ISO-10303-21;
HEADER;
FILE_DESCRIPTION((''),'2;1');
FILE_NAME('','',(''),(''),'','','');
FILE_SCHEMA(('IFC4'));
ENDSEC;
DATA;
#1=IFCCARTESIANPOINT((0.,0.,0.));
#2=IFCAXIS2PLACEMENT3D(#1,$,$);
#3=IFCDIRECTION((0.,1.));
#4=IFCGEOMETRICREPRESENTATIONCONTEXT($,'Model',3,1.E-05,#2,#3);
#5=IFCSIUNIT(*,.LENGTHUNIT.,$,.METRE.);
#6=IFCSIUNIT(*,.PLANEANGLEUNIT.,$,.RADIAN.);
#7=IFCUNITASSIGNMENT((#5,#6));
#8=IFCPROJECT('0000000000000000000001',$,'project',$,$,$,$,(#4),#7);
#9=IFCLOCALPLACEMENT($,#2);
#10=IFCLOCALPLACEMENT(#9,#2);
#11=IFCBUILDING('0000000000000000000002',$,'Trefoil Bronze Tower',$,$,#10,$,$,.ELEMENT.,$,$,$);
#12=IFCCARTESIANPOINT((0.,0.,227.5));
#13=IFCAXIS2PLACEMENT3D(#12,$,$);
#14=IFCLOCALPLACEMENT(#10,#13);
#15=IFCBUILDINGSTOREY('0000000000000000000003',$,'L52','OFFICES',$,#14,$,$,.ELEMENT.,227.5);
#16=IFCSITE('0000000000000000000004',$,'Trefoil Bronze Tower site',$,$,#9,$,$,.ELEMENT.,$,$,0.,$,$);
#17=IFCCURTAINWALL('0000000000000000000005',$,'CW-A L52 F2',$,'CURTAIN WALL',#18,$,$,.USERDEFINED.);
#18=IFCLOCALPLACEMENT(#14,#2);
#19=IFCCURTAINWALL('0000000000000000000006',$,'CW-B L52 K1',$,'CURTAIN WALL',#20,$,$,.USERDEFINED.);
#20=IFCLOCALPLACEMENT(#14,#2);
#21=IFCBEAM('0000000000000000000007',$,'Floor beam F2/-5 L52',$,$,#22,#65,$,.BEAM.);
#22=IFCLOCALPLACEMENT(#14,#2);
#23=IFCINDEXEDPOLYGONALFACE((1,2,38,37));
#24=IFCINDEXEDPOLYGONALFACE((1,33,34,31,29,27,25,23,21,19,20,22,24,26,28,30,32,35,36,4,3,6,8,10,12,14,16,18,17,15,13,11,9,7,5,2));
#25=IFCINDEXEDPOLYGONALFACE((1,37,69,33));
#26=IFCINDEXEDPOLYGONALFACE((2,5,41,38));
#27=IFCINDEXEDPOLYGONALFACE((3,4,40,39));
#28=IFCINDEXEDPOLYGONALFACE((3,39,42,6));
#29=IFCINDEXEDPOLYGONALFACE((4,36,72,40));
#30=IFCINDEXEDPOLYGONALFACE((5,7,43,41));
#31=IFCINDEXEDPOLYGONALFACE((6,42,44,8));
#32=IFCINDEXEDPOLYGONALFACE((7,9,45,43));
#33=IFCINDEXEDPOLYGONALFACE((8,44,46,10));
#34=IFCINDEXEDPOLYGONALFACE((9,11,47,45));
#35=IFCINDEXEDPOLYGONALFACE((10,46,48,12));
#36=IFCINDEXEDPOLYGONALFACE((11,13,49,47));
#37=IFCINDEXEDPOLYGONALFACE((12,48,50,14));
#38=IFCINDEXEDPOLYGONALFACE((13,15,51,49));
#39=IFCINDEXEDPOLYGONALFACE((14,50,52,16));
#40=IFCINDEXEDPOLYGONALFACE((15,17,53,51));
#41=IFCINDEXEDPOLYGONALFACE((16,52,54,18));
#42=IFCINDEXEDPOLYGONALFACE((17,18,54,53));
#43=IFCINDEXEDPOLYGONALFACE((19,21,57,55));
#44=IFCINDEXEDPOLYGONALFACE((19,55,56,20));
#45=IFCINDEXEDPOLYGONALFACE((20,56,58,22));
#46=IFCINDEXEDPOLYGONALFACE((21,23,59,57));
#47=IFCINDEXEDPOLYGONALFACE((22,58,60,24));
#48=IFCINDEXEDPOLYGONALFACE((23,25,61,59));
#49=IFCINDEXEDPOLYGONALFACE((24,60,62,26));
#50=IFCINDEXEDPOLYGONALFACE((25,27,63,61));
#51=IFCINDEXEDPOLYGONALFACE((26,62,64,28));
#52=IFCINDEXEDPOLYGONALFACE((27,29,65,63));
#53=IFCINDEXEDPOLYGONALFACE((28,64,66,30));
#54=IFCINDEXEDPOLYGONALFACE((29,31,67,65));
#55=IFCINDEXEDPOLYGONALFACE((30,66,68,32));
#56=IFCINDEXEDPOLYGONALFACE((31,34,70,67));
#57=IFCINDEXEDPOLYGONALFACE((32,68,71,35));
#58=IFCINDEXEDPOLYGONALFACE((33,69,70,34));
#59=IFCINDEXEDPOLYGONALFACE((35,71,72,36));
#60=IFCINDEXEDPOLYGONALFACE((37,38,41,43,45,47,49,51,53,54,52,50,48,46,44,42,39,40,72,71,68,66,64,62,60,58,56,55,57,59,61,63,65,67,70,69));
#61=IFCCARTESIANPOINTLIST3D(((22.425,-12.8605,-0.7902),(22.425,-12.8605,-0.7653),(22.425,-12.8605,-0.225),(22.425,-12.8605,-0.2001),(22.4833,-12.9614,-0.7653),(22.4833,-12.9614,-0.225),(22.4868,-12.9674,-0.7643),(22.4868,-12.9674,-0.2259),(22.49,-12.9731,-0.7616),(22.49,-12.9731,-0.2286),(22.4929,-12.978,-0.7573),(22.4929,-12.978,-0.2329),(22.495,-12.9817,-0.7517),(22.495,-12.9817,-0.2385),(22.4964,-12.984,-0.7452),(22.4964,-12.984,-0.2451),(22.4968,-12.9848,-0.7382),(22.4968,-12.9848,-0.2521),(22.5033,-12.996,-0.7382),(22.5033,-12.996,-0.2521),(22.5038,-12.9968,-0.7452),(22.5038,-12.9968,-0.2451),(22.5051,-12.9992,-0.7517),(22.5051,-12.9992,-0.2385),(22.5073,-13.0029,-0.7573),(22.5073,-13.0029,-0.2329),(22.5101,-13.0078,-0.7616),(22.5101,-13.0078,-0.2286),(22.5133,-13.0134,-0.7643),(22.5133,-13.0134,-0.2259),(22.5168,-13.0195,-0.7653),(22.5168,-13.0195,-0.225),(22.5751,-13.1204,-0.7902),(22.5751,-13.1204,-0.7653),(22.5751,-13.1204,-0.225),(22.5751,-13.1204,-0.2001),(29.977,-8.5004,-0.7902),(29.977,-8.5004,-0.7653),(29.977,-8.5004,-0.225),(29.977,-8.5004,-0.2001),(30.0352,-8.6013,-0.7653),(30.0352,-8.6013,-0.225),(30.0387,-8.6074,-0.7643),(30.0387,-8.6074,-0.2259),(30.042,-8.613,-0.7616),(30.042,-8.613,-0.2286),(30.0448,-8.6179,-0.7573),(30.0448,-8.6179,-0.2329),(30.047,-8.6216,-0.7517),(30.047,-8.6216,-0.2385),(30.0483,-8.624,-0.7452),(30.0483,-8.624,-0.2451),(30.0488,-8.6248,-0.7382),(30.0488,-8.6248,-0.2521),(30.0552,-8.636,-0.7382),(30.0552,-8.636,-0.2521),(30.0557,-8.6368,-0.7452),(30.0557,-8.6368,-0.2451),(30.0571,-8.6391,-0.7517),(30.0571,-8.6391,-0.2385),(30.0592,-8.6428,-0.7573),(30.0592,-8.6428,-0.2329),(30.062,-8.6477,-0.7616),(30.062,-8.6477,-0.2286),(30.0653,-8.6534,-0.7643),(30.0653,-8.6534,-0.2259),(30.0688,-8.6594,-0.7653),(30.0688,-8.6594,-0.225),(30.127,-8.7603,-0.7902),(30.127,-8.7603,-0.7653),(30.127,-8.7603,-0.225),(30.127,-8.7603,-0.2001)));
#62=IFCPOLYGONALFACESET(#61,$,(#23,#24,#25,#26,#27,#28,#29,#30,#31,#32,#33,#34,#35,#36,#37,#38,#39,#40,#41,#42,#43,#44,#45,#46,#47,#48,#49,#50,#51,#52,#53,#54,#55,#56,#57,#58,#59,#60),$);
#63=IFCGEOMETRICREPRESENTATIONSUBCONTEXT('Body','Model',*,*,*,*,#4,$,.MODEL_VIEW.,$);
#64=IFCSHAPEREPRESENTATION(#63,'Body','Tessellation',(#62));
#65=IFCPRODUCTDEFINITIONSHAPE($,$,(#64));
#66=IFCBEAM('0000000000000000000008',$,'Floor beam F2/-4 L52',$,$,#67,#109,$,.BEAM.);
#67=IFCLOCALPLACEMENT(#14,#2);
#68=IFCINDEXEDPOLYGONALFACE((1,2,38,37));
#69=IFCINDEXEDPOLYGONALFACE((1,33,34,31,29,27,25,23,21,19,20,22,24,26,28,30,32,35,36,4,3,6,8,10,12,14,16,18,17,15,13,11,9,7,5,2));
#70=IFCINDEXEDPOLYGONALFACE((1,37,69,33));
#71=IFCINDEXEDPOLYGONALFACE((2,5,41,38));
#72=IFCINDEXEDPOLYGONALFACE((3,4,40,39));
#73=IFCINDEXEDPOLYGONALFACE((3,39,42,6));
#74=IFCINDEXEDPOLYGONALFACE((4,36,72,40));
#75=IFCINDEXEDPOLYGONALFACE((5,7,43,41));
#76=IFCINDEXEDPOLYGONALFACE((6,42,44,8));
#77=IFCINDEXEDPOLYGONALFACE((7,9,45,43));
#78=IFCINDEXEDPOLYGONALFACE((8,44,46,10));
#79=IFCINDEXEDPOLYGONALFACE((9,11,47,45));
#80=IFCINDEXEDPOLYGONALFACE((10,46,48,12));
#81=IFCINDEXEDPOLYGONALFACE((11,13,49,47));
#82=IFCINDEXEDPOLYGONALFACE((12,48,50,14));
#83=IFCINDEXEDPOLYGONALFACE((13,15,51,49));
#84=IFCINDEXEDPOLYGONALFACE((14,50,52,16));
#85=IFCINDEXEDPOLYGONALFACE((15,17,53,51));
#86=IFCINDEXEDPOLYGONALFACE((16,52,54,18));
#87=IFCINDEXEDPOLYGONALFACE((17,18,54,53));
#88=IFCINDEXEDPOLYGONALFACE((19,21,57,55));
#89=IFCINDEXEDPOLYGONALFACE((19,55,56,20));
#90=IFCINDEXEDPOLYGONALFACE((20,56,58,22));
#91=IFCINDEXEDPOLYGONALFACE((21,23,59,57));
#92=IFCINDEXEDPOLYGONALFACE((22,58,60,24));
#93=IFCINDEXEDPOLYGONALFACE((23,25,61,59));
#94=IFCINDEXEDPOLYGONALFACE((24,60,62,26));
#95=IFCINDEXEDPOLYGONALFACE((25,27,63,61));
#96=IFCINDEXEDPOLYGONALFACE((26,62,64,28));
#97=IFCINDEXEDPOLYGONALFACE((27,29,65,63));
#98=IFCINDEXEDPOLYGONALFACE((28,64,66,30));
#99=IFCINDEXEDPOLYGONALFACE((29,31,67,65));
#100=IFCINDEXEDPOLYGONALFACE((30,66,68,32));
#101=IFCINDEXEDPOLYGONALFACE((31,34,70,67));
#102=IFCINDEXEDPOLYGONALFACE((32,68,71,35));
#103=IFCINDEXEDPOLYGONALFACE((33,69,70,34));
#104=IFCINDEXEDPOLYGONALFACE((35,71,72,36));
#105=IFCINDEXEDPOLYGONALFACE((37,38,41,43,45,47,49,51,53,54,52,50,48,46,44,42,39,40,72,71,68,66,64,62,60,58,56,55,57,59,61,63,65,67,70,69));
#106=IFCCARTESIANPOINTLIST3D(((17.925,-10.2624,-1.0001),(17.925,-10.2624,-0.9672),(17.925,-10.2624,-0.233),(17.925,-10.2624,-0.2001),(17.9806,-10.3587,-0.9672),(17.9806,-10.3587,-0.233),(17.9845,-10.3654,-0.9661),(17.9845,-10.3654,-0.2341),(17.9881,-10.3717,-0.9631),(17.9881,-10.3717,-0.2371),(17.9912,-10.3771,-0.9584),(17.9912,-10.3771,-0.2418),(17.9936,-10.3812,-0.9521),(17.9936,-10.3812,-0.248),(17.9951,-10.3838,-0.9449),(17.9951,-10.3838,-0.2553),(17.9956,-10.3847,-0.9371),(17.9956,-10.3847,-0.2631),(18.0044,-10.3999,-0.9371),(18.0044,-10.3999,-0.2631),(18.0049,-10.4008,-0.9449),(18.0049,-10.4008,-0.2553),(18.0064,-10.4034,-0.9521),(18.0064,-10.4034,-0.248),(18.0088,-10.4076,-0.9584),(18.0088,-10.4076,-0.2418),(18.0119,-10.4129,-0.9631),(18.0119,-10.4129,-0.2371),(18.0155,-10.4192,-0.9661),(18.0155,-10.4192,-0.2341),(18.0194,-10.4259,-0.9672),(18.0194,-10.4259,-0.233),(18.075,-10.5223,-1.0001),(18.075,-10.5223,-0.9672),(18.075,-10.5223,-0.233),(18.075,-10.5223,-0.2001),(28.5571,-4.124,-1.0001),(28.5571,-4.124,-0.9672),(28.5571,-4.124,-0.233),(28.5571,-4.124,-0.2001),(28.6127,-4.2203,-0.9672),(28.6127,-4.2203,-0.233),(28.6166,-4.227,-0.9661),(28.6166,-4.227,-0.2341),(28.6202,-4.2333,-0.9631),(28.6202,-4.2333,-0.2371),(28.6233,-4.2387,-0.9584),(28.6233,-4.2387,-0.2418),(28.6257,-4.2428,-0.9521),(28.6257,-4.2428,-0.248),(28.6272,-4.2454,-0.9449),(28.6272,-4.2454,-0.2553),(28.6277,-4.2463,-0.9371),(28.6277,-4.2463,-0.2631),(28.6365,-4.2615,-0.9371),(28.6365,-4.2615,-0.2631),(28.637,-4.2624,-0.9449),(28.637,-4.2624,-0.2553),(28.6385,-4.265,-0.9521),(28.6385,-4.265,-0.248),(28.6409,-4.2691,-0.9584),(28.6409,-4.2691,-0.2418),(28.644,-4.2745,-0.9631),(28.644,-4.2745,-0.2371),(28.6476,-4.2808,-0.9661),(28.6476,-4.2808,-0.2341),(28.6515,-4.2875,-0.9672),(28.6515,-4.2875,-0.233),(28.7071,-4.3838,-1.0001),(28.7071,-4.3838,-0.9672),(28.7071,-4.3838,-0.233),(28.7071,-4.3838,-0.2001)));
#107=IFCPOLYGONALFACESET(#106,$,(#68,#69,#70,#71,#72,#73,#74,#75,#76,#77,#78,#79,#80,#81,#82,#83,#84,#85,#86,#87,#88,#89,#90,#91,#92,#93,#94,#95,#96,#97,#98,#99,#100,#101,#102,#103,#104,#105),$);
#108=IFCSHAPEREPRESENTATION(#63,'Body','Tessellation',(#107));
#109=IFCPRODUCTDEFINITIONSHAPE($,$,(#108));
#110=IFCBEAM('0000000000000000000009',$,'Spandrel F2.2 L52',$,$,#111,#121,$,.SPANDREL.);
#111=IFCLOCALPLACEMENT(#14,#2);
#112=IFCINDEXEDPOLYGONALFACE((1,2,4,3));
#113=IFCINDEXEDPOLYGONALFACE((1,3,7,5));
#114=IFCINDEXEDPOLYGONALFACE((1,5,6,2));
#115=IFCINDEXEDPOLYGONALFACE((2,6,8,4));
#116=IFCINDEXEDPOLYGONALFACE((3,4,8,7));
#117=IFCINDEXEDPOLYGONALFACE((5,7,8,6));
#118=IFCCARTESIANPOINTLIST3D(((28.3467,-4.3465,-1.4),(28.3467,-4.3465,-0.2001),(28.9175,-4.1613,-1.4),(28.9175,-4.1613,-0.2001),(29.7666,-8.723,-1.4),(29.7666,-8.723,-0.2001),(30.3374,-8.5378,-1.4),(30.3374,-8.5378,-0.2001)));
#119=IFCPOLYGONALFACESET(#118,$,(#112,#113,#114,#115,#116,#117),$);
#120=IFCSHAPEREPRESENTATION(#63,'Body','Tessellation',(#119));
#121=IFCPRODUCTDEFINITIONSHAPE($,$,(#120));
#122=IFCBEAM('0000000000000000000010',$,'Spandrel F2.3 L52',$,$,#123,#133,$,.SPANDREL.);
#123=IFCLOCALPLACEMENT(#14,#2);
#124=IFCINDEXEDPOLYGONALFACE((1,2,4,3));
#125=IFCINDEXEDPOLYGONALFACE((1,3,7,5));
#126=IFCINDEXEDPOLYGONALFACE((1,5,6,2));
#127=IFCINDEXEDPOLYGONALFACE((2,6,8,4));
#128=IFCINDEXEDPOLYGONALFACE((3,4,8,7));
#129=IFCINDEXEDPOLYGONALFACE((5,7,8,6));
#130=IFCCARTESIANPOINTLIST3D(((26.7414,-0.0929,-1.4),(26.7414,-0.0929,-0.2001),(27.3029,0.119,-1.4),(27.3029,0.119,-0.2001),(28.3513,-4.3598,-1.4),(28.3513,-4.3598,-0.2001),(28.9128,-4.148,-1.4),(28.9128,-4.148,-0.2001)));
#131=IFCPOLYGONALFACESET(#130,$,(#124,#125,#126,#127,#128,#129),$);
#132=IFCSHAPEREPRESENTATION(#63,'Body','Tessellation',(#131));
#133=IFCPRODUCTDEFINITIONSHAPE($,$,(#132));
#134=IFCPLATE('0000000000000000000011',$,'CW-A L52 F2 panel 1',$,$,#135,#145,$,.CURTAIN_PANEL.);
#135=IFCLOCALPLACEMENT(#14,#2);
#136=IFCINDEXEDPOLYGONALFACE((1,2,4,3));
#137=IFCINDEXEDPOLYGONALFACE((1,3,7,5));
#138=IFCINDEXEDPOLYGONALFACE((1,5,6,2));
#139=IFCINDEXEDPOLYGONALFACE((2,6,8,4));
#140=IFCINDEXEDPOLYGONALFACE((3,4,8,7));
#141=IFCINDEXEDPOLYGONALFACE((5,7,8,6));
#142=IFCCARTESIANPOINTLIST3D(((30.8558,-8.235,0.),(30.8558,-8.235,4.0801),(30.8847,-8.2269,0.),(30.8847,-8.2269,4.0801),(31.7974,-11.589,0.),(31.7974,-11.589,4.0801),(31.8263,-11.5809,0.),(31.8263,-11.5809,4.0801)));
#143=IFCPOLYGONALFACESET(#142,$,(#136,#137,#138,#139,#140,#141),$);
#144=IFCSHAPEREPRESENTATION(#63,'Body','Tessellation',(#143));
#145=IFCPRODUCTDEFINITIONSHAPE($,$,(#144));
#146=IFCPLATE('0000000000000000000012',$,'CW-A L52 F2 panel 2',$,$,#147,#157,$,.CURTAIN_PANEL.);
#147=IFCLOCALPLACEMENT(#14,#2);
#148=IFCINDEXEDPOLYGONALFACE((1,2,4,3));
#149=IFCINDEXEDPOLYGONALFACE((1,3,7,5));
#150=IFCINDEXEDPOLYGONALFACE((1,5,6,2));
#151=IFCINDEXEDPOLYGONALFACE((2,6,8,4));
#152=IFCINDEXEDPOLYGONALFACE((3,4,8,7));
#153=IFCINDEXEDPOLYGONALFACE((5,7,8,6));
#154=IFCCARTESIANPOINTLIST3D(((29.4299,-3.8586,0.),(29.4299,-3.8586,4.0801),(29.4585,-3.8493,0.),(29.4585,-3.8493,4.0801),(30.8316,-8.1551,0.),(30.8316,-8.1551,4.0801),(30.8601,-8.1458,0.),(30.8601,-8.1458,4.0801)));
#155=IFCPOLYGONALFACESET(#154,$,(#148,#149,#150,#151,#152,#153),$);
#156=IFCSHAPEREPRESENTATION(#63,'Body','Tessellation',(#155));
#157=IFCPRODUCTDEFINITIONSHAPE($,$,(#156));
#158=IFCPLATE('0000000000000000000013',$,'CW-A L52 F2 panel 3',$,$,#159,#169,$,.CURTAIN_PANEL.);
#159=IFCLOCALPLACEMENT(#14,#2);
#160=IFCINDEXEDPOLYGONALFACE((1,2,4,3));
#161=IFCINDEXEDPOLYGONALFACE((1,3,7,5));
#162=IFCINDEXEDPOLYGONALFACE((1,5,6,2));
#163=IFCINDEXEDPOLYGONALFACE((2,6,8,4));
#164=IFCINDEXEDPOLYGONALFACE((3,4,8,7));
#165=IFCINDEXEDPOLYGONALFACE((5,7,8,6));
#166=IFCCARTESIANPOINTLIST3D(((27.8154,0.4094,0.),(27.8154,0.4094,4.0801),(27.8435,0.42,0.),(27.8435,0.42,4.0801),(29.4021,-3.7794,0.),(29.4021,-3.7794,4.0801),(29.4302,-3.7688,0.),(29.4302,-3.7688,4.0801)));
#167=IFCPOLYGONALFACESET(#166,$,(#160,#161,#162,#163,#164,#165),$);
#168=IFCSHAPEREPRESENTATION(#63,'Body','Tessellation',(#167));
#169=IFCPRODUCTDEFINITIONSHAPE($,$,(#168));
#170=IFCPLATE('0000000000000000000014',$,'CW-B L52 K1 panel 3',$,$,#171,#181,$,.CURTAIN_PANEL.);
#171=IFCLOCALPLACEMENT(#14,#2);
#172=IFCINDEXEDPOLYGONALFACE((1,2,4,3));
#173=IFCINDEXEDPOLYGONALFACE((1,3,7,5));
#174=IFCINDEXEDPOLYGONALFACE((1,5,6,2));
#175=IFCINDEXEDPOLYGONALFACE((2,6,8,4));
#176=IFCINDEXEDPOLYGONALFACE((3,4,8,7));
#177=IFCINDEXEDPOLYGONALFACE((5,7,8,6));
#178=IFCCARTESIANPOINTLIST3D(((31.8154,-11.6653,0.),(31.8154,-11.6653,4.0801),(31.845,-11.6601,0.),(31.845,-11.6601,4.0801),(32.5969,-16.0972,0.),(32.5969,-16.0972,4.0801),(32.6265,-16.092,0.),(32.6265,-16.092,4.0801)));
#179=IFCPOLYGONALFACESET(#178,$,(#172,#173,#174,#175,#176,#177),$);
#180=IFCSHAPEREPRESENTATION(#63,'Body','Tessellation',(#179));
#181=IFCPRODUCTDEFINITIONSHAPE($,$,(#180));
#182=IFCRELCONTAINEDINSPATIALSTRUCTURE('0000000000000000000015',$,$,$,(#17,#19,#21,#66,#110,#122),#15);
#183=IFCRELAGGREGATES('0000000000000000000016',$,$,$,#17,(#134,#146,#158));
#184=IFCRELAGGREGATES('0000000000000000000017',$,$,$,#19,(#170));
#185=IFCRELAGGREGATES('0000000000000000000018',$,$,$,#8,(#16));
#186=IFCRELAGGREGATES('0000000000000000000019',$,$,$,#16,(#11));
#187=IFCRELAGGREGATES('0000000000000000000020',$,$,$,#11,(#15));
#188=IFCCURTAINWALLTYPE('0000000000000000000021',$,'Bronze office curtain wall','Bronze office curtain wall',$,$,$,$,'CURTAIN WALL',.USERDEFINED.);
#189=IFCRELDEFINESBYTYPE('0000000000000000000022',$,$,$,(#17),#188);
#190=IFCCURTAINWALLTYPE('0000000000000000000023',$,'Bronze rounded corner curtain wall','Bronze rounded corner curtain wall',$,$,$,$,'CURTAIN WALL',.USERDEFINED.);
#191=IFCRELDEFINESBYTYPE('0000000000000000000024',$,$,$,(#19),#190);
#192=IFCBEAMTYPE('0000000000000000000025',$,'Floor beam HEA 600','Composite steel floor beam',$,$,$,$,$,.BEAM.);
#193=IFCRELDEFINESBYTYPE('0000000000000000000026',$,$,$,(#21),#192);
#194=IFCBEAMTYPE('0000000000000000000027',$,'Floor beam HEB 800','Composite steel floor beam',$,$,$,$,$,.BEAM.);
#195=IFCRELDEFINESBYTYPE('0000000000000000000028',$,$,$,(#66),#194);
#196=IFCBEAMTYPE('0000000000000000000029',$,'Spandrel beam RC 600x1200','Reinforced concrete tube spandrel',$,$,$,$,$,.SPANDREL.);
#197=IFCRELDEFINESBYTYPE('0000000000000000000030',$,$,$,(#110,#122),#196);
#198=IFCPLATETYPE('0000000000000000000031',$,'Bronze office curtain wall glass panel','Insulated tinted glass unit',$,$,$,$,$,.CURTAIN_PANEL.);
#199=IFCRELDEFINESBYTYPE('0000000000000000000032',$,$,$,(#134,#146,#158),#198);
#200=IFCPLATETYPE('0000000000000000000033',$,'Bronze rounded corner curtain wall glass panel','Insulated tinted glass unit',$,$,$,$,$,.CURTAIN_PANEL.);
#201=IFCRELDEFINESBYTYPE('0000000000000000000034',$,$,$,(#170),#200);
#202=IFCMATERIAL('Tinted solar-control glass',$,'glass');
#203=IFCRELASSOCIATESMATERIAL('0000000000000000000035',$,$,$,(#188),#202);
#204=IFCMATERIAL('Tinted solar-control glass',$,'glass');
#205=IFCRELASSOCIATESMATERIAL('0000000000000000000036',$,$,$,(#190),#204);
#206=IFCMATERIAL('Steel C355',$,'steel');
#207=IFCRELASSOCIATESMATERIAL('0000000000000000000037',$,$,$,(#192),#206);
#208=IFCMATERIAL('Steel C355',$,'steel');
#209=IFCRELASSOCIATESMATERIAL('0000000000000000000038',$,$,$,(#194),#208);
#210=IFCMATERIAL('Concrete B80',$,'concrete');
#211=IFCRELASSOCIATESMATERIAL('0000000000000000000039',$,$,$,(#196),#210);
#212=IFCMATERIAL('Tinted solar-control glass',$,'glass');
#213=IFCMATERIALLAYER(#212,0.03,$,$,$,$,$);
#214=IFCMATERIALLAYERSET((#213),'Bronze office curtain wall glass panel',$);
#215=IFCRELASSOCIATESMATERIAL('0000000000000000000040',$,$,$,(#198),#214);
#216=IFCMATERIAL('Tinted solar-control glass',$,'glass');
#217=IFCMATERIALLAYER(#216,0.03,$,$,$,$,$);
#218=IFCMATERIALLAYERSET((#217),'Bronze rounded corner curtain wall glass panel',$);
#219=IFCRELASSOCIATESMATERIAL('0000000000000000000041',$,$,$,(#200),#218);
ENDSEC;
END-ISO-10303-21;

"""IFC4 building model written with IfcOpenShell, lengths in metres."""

from ifc_helpers import new_model, si_unit, direction, frame, origin, origin_2d, place, context, subcontext, project, spatial, rectangle, i_section, extrude, material, layer, layer_set, material_profile, profile_set, type_object, element, aggregate, save


model = new_model("IFC4")

# Units and contexts
model_context = context("Model", 3, precision=1e-05, world=origin(), true_north=direction((0.0, 1.0)))
body_context = subcontext(model_context, "Body", "Model", "MODEL_VIEW")
ifc_project = project(units=[si_unit("LENGTHUNIT", "METRE"), si_unit("PLANEANGLEUNIT", "RADIAN")], contexts=[model_context])

# Site, building, storey
site_placement = place(None, origin())
site = spatial("IfcSite", under=ifc_project, at=site_placement, Name="Trefoil Bronze Tower site", CompositionType="ELEMENT", RefElevation=0.0)
building_placement = place(site_placement, origin())
building = spatial("IfcBuilding", under=site, at=building_placement, Name="Trefoil Bronze Tower", CompositionType="ELEMENT")
storey_placement = place(building_placement, frame((0.0, 0.0, 227.5)))
storey = spatial("IfcBuildingStorey", under=building, at=storey_placement, Name="L52", Description="OFFICES", CompositionType="ELEMENT", Elevation=227.5)

# Curtain walls
ifc_material_1 = material(Name="Tinted solar-control glass", Category="glass")
curtain_wall_type_1 = type_object("IfcCurtainWallType", Name="Bronze office curtain wall", Description="Bronze office curtain wall", ElementType="CURTAIN WALL", PredefinedType="USERDEFINED", material=ifc_material_1)
curtain_wall_1_placement = place(storey_placement, origin())
curtain_wall_1 = element("IfcCurtainWall", 1, at=curtain_wall_1_placement, inside=storey, type_object=curtain_wall_type_1, Name="CW-A L52 F2", ObjectType="CURTAIN WALL", PredefinedType="USERDEFINED")
ifc_material_2 = material(Name="Tinted solar-control glass", Category="glass")
curtain_wall_type_2 = type_object("IfcCurtainWallType", Name="Bronze rounded corner curtain wall", Description="Bronze rounded corner curtain wall", ElementType="CURTAIN WALL", PredefinedType="USERDEFINED", material=ifc_material_2)
curtain_wall_2_placement = place(storey_placement, origin())
curtain_wall_2 = element("IfcCurtainWall", 2, at=curtain_wall_2_placement, inside=storey, type_object=curtain_wall_type_2, Name="CW-B L52 K1", ObjectType="CURTAIN WALL", PredefinedType="USERDEFINED")

# Beams
ifc_material_3 = material(Name="Steel C355", Category="steel")
ifc_material_profile_1 = material_profile(ifc_material_3, i_section(OverallWidth=0.3, OverallDepth=0.5901, WebThickness=0.0129, FlangeThickness=0.0249, FilletRadius=0.0271, at=origin_2d()), Name="HEA 600")
ifc_profile_set_1 = profile_set([ifc_material_profile_1], Name="Steel C355")
beam_type_1 = type_object("IfcBeamType", Name="Floor beam HEA 600", Description="Composite steel floor beam", PredefinedType="BEAM", material=ifc_profile_set_1)
beam_1_placement = place(storey_placement, frame((30.052, -8.6304, -0.4951), z_axis=(-0.866028, -0.499996, 0.0), x_axis=(0.499996, -0.866028, 0.0)))
element("IfcBeam", 3, at=beam_1_placement, inside=storey, type_object=beam_type_1, Name="Floor beam F2/-5 L52", PredefinedType="BEAM", context=body_context, shape_type="SweptSolid", body=[
    extrude(i_section(OverallWidth=0.3, OverallDepth=0.5901, WebThickness=0.0129, FlangeThickness=0.0249, FilletRadius=0.0271, at=origin_2d()), origin(), (0.0, 0.0, 1.0), 8.7202),
])
ifc_material_4 = material(Name="Steel C355", Category="steel")
ifc_material_profile_2 = material_profile(ifc_material_4, i_section(OverallWidth=0.3, OverallDepth=0.8, WebThickness=0.0176, FlangeThickness=0.033, FilletRadius=0.03, at=origin_2d()), Name="HEB 800")
ifc_profile_set_2 = profile_set([ifc_material_profile_2], Name="Steel C355")
beam_type_2 = type_object("IfcBeamType", Name="Floor beam HEB 800", Description="Composite steel floor beam", PredefinedType="BEAM", material=ifc_profile_set_2)
beam_2_placement = place(storey_placement, frame((28.6321, -4.2539, -0.6001), z_axis=(-0.866026, -0.5, 0.0), x_axis=(0.5, -0.866026, 0.0)))
element("IfcBeam", 4, at=beam_2_placement, inside=storey, type_object=beam_type_2, Name="Floor beam F2/-4 L52", PredefinedType="BEAM", context=body_context, shape_type="SweptSolid", body=[
    extrude(i_section(OverallWidth=0.3, OverallDepth=0.8, WebThickness=0.0176, FlangeThickness=0.033, FilletRadius=0.03, at=origin_2d()), origin(), (0.0, 0.0, 1.0), 12.2769),
])
ifc_material_5 = material(Name="Concrete B80", Category="concrete")
ifc_material_profile_3 = material_profile(ifc_material_5, rectangle(XDim=0.6001, YDim=1.2, at=origin_2d()), Name="RC 600x1200")
ifc_profile_set_3 = profile_set([ifc_material_profile_3], Name="Concrete B80")
beam_type_3 = type_object("IfcBeamType", Name="Spandrel beam RC 600x1200", Description="Reinforced concrete tube spandrel", PredefinedType="SPANDREL", material=ifc_profile_set_3)
beam_3_placement = place(storey_placement, frame((30.052, -8.6304, -0.8), z_axis=(-0.308609, 0.951189, 0.0), x_axis=(-0.951189, -0.308609, 0.0)))
element("IfcBeam", 5, at=beam_3_placement, inside=storey, type_object=beam_type_3, Name="Spandrel F2.2 L52", PredefinedType="SPANDREL", context=body_context, shape_type="SweptSolid", body=[
    extrude(rectangle(XDim=0.6001, YDim=1.2, at=origin_2d()), origin(), (0.0, 0.0, 1.0), 4.6011),
])
beam_4_placement = place(storey_placement, frame((28.6321, -4.2539, -0.8), z_axis=(-0.353006, 0.935621, 0.0), x_axis=(-0.935621, -0.353006, 0.0)))
element("IfcBeam", 6, at=beam_4_placement, inside=storey, type_object=beam_type_3, Name="Spandrel F2.3 L52", PredefinedType="SPANDREL", context=body_context, shape_type="SweptSolid", body=[
    extrude(rectangle(XDim=0.6001, YDim=1.2, at=origin_2d()), origin(), (0.0, 0.0, 1.0), 4.5605),
])

# Plates
ifc_material_6 = material(Name="Tinted solar-control glass", Category="glass")
ifc_layer_1 = layer(ifc_material_6, 0.03)
ifc_layer_set_1 = layer_set([ifc_layer_1], Name="Bronze office curtain wall glass panel")
plate_type_1 = type_object("IfcPlateType", Name="Bronze office curtain wall glass panel", Description="Insulated tinted glass unit", PredefinedType="CURTAIN_PANEL", material=ifc_layer_set_1)
plate_1_placement = place(storey_placement, frame((31.3411, -9.908, 0.0), z_axis=(0.0, 0.0, 1.0), x_axis=(-0.270282, 0.962781, 0.0)))
plate_1 = element("IfcPlate", 7, at=plate_1_placement, type_object=plate_type_1, Name="CW-A L52 F2 panel 1", PredefinedType="CURTAIN_PANEL", context=body_context, shape_type="SweptSolid", body=[
    extrude(rectangle(XDim=3.4836, YDim=0.03, at=origin_2d()), origin(), (0.0, 0.0, 1.0), 4.0801),
])
plate_2_placement = place(storey_placement, frame((30.145, -6.0022, 0.0), z_axis=(0.0, 0.0, 1.0), x_axis=(-0.310149, 0.950688, 0.0)))
plate_2 = element("IfcPlate", 8, at=plate_2_placement, type_object=plate_type_1, Name="CW-A L52 F2 panel 2", PredefinedType="CURTAIN_PANEL", context=body_context, shape_type="SweptSolid", body=[
    extrude(rectangle(XDim=4.5193, YDim=0.03, at=origin_2d()), origin(), (0.0, 0.0, 1.0), 4.0801),
])
plate_3_placement = place(storey_placement, frame((28.6228, -1.6797, 0.0), z_axis=(0.0, 0.0, 1.0), x_axis=(-0.354234, 0.935157, 0.0)))
plate_3 = element("IfcPlate", 9, at=plate_3_placement, type_object=plate_type_1, Name="CW-A L52 F2 panel 3", PredefinedType="CURTAIN_PANEL", context=body_context, shape_type="SweptSolid", body=[
    extrude(rectangle(XDim=4.4792, YDim=0.03, at=origin_2d()), origin(), (0.0, 0.0, 1.0), 4.0801),
])
aggregate(curtain_wall_1, [plate_1, plate_2, plate_3])
ifc_material_7 = material(Name="Tinted solar-control glass", Category="glass")
ifc_layer_2 = layer(ifc_material_7, 0.03)
ifc_layer_set_2 = layer_set([ifc_layer_2], Name="Bronze rounded corner curtain wall glass panel")
plate_type_2 = type_object("IfcPlateType", Name="Bronze rounded corner curtain wall glass panel", Description="Insulated tinted glass unit", PredefinedType="CURTAIN_PANEL", material=ifc_layer_set_2)
plate_4_placement = place(storey_placement, frame((32.2209, -13.8787, 0.0), z_axis=(0.0, 0.0, 1.0), x_axis=(-0.173648, 0.984808, 0.0)))
plate_4 = element("IfcPlate", 10, at=plate_4_placement, type_object=plate_type_2, Name="CW-B L52 K1 panel 3", PredefinedType="CURTAIN_PANEL", context=body_context, shape_type="SweptSolid", body=[
    extrude(rectangle(XDim=4.5002, YDim=0.03, at=origin_2d()), origin(), (0.0, 0.0, 1.0), 4.0801),
])
aggregate(curtain_wall_2, [plate_4])

save(model, "model.ifc")
